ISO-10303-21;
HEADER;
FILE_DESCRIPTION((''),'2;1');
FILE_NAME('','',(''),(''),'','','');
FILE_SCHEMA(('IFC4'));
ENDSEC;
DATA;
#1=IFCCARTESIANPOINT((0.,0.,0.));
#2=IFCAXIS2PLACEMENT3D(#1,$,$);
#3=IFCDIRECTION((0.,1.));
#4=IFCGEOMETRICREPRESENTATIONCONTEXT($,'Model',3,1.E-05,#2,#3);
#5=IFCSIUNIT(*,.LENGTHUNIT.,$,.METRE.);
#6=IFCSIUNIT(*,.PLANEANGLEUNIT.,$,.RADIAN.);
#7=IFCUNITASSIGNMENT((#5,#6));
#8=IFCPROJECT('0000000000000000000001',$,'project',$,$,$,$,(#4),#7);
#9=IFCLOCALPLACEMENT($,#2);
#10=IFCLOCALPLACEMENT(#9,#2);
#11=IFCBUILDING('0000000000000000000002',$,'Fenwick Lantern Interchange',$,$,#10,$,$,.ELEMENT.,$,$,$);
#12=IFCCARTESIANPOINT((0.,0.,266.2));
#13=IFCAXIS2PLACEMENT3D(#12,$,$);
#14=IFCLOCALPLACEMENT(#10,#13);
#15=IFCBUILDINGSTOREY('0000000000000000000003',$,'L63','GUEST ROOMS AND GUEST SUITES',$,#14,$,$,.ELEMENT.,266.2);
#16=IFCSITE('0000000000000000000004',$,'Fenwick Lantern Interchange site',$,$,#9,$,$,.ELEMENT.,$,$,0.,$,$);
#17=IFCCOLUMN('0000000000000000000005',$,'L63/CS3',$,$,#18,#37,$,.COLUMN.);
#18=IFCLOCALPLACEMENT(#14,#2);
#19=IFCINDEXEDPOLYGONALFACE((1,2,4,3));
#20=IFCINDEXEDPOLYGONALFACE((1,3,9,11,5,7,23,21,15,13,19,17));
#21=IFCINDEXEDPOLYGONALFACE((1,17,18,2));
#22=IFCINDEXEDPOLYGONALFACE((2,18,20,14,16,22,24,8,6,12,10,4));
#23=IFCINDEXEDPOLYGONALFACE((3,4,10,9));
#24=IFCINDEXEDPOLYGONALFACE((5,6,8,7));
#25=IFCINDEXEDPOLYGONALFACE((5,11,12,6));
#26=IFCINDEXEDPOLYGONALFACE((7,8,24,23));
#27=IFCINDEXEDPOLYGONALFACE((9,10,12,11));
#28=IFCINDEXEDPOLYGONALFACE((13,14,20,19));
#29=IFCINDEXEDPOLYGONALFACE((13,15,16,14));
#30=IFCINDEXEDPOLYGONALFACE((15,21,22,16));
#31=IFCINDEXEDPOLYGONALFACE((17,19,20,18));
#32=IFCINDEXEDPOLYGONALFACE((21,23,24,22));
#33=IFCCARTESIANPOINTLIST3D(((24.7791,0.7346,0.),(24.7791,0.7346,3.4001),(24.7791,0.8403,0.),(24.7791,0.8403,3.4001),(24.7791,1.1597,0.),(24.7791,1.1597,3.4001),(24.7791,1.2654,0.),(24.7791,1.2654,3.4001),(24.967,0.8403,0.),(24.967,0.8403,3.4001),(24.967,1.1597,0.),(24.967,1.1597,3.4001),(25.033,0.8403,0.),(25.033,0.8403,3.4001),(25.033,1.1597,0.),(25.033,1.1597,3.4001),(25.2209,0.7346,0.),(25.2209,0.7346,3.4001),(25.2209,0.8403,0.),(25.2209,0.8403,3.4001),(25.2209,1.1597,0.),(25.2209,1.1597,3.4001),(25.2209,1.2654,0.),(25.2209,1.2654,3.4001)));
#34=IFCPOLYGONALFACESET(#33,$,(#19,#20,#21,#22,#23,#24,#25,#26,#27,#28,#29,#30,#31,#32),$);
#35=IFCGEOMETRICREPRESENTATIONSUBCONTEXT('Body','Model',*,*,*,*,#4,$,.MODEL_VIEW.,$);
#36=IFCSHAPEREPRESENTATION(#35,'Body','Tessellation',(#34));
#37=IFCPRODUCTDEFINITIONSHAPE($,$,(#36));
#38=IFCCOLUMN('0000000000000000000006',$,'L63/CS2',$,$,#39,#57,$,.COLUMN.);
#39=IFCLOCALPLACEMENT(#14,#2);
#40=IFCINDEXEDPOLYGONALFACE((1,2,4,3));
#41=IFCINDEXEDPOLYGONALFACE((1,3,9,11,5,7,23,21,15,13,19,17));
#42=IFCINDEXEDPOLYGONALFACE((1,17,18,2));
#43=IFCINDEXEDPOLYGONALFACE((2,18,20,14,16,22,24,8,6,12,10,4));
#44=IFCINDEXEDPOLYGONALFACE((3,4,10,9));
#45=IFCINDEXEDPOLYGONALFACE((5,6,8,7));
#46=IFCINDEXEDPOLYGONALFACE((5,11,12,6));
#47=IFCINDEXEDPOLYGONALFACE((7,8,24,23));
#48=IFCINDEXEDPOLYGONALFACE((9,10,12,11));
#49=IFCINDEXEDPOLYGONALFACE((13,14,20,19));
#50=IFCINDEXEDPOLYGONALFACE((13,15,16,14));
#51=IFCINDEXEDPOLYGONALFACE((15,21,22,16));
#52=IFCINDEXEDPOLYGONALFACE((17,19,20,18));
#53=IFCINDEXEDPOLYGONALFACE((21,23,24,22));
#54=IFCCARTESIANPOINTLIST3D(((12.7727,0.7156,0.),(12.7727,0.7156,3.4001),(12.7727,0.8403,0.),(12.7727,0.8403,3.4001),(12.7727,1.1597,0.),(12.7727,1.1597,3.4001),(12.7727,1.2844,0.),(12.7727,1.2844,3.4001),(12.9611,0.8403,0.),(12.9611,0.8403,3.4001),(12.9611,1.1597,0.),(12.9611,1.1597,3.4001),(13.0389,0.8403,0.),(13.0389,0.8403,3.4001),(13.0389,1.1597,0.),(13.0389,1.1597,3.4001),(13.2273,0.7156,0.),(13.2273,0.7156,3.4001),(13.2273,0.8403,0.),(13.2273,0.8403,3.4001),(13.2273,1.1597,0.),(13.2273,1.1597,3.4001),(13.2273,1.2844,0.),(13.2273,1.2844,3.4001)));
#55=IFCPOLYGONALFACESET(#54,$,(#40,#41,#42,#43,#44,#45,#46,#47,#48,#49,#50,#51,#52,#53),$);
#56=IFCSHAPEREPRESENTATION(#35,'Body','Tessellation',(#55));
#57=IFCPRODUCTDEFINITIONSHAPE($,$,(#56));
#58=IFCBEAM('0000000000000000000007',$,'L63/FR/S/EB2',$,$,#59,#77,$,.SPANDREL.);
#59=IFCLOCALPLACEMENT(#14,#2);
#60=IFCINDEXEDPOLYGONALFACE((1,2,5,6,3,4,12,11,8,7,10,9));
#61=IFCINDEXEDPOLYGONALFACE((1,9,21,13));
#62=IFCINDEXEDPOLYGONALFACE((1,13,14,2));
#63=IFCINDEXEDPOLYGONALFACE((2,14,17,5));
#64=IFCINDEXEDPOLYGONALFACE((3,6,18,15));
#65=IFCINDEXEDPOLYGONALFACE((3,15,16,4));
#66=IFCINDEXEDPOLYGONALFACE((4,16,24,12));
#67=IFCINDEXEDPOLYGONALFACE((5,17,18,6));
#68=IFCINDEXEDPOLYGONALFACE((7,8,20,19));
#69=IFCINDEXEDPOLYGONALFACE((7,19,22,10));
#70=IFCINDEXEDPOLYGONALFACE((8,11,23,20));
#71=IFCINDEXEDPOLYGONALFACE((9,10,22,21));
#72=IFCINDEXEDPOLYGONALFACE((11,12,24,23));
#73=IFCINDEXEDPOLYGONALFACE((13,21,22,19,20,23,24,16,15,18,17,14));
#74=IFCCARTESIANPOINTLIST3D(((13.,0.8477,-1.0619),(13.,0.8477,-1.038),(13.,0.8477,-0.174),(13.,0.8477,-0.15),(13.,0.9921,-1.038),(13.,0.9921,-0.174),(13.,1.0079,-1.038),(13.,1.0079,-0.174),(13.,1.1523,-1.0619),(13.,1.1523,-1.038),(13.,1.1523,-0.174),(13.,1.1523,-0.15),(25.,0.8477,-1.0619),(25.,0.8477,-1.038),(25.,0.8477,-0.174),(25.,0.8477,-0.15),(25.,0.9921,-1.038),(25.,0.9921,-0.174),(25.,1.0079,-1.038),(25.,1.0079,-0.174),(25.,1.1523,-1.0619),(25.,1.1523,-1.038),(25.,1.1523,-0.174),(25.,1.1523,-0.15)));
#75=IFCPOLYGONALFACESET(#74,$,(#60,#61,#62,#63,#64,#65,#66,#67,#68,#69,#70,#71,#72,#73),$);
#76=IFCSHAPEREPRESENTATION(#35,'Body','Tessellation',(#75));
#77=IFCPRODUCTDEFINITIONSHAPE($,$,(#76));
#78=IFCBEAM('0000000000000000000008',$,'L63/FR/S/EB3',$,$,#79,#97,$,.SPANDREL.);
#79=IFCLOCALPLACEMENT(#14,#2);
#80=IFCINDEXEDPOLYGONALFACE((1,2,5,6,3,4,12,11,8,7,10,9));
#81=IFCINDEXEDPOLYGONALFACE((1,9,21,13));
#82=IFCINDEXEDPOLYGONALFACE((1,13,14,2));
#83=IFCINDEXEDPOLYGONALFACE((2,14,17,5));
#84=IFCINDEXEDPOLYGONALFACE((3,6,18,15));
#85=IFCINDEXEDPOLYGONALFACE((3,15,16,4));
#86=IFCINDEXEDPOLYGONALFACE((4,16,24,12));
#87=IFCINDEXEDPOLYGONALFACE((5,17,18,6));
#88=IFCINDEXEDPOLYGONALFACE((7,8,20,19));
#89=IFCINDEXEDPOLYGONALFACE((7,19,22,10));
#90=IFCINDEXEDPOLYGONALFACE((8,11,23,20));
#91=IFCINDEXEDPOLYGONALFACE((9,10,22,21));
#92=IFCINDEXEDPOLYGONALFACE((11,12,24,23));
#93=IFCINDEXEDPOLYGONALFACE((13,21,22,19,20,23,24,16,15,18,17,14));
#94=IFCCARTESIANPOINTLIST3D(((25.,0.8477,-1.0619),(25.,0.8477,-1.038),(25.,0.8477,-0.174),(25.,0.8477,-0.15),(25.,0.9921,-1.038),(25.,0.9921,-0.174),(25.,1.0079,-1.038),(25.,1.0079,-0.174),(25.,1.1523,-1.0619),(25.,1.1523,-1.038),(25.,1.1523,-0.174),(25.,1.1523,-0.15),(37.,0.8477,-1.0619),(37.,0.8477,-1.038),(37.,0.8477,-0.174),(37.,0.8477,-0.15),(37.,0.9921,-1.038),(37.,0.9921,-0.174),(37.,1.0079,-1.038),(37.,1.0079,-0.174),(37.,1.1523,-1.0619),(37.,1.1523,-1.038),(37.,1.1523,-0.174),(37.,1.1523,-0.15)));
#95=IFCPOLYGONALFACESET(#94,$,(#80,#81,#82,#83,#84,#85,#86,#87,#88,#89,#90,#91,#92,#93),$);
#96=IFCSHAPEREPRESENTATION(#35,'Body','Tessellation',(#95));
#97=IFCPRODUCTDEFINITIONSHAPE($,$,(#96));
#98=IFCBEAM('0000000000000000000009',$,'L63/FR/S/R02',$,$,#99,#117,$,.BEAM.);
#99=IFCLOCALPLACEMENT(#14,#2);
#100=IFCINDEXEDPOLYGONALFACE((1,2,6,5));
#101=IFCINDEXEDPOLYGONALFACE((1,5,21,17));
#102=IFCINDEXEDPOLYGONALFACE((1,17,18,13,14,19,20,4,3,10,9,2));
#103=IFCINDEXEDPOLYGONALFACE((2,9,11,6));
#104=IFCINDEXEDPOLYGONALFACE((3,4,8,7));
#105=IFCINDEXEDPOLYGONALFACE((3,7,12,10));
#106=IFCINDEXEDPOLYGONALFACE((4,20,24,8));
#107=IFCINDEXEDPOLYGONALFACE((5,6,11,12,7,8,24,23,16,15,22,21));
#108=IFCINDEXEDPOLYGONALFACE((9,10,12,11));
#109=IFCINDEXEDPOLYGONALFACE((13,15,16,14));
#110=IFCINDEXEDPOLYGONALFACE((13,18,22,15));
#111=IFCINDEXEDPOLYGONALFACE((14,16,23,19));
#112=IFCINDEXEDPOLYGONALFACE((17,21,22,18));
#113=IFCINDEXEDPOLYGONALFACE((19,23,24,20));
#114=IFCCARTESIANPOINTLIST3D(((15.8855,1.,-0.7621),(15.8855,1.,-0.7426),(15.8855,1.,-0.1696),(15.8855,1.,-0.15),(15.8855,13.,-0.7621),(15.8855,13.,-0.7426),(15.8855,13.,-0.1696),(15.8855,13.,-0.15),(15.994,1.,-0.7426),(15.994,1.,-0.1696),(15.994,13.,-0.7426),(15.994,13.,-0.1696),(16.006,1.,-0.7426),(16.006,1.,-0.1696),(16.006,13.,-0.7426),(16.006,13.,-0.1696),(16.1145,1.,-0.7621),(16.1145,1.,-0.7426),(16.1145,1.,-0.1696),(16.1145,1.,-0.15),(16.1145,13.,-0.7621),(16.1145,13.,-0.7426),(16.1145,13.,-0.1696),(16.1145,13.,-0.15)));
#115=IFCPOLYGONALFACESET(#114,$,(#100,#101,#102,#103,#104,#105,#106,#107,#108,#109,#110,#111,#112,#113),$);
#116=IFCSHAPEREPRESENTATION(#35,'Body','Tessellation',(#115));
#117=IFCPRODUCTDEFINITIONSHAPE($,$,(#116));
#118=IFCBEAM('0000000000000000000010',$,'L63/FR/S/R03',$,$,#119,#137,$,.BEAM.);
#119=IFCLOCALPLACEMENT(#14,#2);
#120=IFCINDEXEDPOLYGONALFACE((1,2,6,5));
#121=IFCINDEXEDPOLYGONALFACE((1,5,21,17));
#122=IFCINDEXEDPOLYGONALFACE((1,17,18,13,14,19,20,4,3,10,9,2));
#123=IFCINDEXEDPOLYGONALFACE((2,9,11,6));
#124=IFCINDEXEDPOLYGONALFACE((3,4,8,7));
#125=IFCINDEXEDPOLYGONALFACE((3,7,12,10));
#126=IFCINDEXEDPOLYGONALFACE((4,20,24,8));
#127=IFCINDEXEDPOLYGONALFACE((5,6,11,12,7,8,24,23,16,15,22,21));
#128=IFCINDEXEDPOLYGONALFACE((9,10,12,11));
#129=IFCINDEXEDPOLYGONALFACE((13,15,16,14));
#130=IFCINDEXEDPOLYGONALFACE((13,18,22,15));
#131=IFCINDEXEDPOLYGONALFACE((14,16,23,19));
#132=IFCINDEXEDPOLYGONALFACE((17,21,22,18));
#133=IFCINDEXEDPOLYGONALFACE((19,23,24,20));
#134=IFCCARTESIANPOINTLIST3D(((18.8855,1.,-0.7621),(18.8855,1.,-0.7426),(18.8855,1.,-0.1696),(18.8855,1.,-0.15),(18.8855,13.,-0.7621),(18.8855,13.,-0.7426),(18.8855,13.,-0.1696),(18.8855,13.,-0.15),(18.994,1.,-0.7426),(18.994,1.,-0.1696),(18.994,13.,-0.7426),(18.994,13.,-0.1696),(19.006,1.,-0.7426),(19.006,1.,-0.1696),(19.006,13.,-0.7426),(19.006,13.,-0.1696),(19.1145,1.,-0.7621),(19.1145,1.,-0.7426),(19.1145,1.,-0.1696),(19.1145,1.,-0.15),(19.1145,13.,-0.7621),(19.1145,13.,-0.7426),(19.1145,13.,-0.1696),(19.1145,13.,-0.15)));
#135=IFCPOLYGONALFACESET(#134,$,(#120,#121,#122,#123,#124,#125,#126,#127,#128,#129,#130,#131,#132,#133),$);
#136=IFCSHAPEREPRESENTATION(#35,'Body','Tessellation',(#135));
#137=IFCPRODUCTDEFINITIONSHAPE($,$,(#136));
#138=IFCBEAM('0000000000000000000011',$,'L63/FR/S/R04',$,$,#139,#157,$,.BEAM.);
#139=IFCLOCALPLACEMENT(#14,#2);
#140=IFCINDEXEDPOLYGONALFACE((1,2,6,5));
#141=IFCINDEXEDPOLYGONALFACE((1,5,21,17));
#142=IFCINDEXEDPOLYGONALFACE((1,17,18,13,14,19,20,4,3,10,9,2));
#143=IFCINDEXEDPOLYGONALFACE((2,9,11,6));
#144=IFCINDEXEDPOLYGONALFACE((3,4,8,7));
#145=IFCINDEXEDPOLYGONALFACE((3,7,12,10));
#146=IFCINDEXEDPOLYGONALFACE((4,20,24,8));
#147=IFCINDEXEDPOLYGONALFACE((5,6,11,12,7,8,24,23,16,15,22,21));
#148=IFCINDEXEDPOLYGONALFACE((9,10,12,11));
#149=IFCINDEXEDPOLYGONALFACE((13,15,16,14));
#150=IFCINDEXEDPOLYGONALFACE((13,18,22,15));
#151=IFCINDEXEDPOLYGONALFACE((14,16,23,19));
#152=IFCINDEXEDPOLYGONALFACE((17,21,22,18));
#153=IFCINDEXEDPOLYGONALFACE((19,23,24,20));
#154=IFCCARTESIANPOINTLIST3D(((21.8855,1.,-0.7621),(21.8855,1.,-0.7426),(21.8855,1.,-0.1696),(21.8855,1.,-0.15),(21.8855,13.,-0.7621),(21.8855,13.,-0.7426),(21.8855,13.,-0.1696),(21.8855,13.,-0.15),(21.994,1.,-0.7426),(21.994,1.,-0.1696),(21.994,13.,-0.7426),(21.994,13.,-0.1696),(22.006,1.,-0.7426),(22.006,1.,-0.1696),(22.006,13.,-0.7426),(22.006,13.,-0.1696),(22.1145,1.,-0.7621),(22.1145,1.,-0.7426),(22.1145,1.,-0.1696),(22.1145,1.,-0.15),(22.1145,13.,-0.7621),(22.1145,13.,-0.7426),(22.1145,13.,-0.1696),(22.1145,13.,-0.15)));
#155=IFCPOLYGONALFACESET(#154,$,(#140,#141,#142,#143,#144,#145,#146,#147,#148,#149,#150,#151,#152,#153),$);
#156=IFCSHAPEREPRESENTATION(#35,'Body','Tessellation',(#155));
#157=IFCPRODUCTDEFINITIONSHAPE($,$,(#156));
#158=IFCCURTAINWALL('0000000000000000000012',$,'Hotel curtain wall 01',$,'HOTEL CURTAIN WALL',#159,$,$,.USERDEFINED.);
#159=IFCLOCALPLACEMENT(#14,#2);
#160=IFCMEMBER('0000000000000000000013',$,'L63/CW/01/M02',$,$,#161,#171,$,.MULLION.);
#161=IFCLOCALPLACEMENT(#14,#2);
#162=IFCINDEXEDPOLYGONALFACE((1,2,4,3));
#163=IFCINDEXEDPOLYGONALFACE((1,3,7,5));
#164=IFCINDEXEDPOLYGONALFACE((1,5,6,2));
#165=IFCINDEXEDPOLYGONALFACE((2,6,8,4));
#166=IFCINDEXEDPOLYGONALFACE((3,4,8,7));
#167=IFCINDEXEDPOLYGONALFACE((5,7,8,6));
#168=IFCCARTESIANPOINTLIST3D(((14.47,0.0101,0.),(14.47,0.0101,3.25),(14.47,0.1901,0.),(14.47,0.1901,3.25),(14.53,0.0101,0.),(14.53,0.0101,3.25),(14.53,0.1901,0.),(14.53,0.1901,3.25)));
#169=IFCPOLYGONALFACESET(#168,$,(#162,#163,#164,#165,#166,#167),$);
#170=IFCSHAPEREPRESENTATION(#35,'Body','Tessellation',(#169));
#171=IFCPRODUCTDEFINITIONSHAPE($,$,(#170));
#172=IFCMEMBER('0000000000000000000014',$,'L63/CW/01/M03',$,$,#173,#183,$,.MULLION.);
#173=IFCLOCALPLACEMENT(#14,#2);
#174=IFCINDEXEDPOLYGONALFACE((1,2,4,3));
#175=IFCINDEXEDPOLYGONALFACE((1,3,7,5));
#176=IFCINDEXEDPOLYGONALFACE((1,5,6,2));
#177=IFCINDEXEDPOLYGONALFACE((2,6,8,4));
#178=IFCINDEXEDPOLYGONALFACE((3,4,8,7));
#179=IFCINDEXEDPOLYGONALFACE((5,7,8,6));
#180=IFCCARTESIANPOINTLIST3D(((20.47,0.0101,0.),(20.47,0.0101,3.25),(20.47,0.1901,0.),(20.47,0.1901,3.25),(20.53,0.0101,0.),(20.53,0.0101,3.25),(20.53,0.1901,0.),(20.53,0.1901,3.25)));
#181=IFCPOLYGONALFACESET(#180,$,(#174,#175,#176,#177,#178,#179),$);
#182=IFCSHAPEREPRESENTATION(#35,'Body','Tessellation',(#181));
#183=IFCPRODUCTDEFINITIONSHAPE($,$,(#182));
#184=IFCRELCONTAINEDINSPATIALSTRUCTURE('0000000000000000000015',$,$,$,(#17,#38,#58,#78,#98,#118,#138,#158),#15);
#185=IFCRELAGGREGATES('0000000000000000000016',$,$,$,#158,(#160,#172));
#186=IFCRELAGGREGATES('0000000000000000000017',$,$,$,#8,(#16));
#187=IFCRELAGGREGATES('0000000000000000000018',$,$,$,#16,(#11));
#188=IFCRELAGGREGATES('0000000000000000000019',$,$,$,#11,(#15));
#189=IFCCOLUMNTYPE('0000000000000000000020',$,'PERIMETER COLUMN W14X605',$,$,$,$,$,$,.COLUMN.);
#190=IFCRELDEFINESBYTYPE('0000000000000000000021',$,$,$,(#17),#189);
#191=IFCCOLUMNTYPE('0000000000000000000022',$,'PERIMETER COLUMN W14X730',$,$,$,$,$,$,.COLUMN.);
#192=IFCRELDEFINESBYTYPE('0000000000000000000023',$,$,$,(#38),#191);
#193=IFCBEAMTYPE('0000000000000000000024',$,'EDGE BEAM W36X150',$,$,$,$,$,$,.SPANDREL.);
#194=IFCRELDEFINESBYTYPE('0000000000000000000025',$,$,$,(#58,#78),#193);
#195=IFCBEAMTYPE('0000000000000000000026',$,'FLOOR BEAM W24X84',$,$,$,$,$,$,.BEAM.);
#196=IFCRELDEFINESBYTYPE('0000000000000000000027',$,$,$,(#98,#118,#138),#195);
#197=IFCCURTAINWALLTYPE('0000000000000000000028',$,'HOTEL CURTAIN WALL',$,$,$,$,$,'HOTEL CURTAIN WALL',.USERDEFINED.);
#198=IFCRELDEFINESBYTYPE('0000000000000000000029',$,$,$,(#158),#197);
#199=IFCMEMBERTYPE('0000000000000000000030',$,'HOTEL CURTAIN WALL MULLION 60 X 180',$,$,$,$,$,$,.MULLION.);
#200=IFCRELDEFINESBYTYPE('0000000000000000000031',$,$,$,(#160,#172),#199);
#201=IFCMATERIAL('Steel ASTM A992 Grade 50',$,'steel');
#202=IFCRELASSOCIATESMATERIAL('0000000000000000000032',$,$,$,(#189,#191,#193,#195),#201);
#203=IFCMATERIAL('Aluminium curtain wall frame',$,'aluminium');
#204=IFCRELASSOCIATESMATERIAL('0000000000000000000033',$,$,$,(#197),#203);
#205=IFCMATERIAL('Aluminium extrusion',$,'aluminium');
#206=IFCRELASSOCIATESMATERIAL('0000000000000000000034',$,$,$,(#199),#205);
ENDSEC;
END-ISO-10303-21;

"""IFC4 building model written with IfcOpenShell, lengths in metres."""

from ifc_helpers import new_model, si_unit, direction, frame, origin, origin_2d, place, context, subcontext, project, spatial, rectangle, i_section, extrude, material, material_profile, profile_set, type_object, element, aggregate, save


model = new_model("IFC4")

# Units and contexts
model_context = context("Model", 3, precision=1e-05, world=origin(), true_north=direction((0.0, 1.0)))
body_context = subcontext(model_context, "Body", "Model", "MODEL_VIEW")
ifc_project = project(units=[si_unit("LENGTHUNIT", "METRE"), si_unit("PLANEANGLEUNIT", "RADIAN")], contexts=[model_context])

# Site, building, storey
site_placement = place(None, origin())
site = spatial("IfcSite", under=ifc_project, at=site_placement, Name="Fenwick Lantern Interchange site", CompositionType="ELEMENT", RefElevation=0.0)
building_placement = place(site_placement, origin())
building = spatial("IfcBuilding", under=site, at=building_placement, Name="Fenwick Lantern Interchange", CompositionType="ELEMENT")
storey_placement = place(building_placement, frame((0.0, 0.0, 266.2)))
storey = spatial("IfcBuildingStorey", under=building, at=storey_placement, Name="L63", Description="GUEST ROOMS AND GUEST SUITES", CompositionType="ELEMENT", Elevation=266.2)

# Columns
ifc_material_1 = material(Name="Steel ASTM A992 Grade 50", Category="steel")
ifc_material_profile_1 = material_profile(ifc_material_1, i_section(OverallWidth=0.4419, OverallDepth=0.5308, WebThickness=0.0659, FlangeThickness=0.1057, at=origin_2d()), Name="W14X605")
ifc_profile_set_1 = profile_set([ifc_material_profile_1], Name="Steel ASTM A992 Grade 50")
column_type_1 = type_object("IfcColumnType", Name="PERIMETER COLUMN W14X605", PredefinedType="COLUMN", material=ifc_profile_set_1)
column_1_placement = place(storey_placement, frame((25.0, 1.0, 0.0), z_axis=(0.0, 0.0, 1.0), x_axis=(1.0, 0.0, 0.0)))
element("IfcColumn", 1, at=column_1_placement, inside=storey, type_object=column_type_1, Name="L63/CS3", PredefinedType="COLUMN", context=body_context, shape_type="SweptSolid", body=[
    extrude(i_section(OverallWidth=0.4419, OverallDepth=0.5308, WebThickness=0.0659, FlangeThickness=0.1057, at=origin_2d()), origin(), (0.0, 0.0, 1.0), 3.4001),
])
ifc_material_profile_2 = material_profile(ifc_material_1, i_section(OverallWidth=0.4546, OverallDepth=0.5688, WebThickness=0.0779, FlangeThickness=0.1248, at=origin_2d()), Name="W14X730")
ifc_profile_set_2 = profile_set([ifc_material_profile_2], Name="Steel ASTM A992 Grade 50")
column_type_2 = type_object("IfcColumnType", Name="PERIMETER COLUMN W14X730", PredefinedType="COLUMN", material=ifc_profile_set_2)
column_2_placement = place(storey_placement, frame((13.0, 1.0, 0.0), z_axis=(0.0, 0.0, 1.0), x_axis=(1.0, 0.0, 0.0)))
element("IfcColumn", 2, at=column_2_placement, inside=storey, type_object=column_type_2, Name="L63/CS2", PredefinedType="COLUMN", context=body_context, shape_type="SweptSolid", body=[
    extrude(i_section(OverallWidth=0.4546, OverallDepth=0.5688, WebThickness=0.0779, FlangeThickness=0.1248, at=origin_2d()), origin(), (0.0, 0.0, 1.0), 3.4001),
])

# Beams
ifc_material_profile_3 = material_profile(ifc_material_1, i_section(OverallWidth=0.3047, OverallDepth=0.9119, WebThickness=0.0159, FlangeThickness=0.0239, at=origin_2d()), Name="W36X150")
ifc_profile_set_3 = profile_set([ifc_material_profile_3], Name="Steel ASTM A992 Grade 50")
beam_type_1 = type_object("IfcBeamType", Name="EDGE BEAM W36X150", PredefinedType="SPANDREL", material=ifc_profile_set_3)
for number, where, z_axis, x_axis, name in (
    (3, (13.0, 1.0, -0.606), (1.0, 0.0, 0.0), (0.0, 1.0, 0.0), "L63/FR/S/EB2"),
    (4, (25.0, 1.0, -0.606), (1.0, 0.0, 0.0), (0.0, 1.0, 0.0), "L63/FR/S/EB3"),
):
    element("IfcBeam", number, at=place(storey_placement, frame(where, z_axis=z_axis, x_axis=x_axis)), inside=storey, type_object=beam_type_1, Name=name, PredefinedType="SPANDREL", context=body_context, shape_type="SweptSolid", body=[
        extrude(i_section(OverallWidth=0.3047, OverallDepth=0.9119, WebThickness=0.0159, FlangeThickness=0.0239, at=origin_2d()), origin(), (0.0, 0.0, 1.0), 12.0),
    ])
ifc_material_profile_4 = material_profile(ifc_material_1, i_section(OverallWidth=0.229, OverallDepth=0.6121, WebThickness=0.012, FlangeThickness=0.0195, at=origin_2d()), Name="W24X84")
ifc_profile_set_4 = profile_set([ifc_material_profile_4], Name="Steel ASTM A992 Grade 50")
beam_type_2 = type_object("IfcBeamType", Name="FLOOR BEAM W24X84", PredefinedType="BEAM", material=ifc_profile_set_4)
for number, where, z_axis, x_axis, name in (
    (5, (16.0, 1.0, -0.4561), (0.0, 1.0, 0.0), (-1.0, 0.0, 0.0), "L63/FR/S/R02"),
    (6, (19.0, 1.0, -0.4561), (0.0, 1.0, 0.0), (-1.0, 0.0, 0.0), "L63/FR/S/R03"),
    (7, (22.0, 1.0, -0.4561), (0.0, 1.0, 0.0), (-1.0, 0.0, 0.0), "L63/FR/S/R04"),
):
    element("IfcBeam", number, at=place(storey_placement, frame(where, z_axis=z_axis, x_axis=x_axis)), inside=storey, type_object=beam_type_2, Name=name, PredefinedType="BEAM", context=body_context, shape_type="SweptSolid", body=[
        extrude(i_section(OverallWidth=0.229, OverallDepth=0.6121, WebThickness=0.012, FlangeThickness=0.0195, at=origin_2d()), origin(), (0.0, 0.0, 1.0), 12.0),
    ])

# Curtain wall, members
ifc_material_2 = material(Name="Aluminium curtain wall frame", Category="aluminium")
curtain_wall_type = type_object("IfcCurtainWallType", Name="HOTEL CURTAIN WALL", ElementType="HOTEL CURTAIN WALL", PredefinedType="USERDEFINED", material=ifc_material_2)
curtain_wall_placement = place(storey_placement, origin())
curtain_wall = element("IfcCurtainWall", 8, at=curtain_wall_placement, inside=storey, type_object=curtain_wall_type, Name="Hotel curtain wall 01", ObjectType="HOTEL CURTAIN WALL", PredefinedType="USERDEFINED")
ifc_material_3 = material(Name="Aluminium extrusion", Category="aluminium")
ifc_material_profile_5 = material_profile(ifc_material_3, rectangle(XDim=0.1799, YDim=0.0601, at=origin_2d()), Name="HOTEL CURTAIN WALL MULLION 60 X 180")
ifc_profile_set_5 = profile_set([ifc_material_profile_5], Name="Aluminium extrusion")
member_type_1 = type_object("IfcMemberType", Name="HOTEL CURTAIN WALL MULLION 60 X 180", PredefinedType="MULLION", material=ifc_profile_set_5)
member_1_placement = place(storey_placement, frame((14.5, 0.1001, 0.0), z_axis=(0.0, 0.0, 1.0), x_axis=(0.0, 1.0, 0.0)))
member_1 = element("IfcMember", 9, at=member_1_placement, type_object=member_type_1, Name="L63/CW/01/M02", PredefinedType="MULLION", context=body_context, shape_type="SweptSolid", body=[
    extrude(rectangle(XDim=0.1799, YDim=0.0601, at=origin_2d()), origin(), (0.0, 0.0, 1.0), 3.25),
])
member_2_placement = place(storey_placement, frame((20.5, 0.1001, 0.0), z_axis=(0.0, 0.0, 1.0), x_axis=(0.0, 1.0, 0.0)))
member_2 = element("IfcMember", 10, at=member_2_placement, type_object=member_type_1, Name="L63/CW/01/M03", PredefinedType="MULLION", context=body_context, shape_type="SweptSolid", body=[
    extrude(rectangle(XDim=0.1799, YDim=0.0601, at=origin_2d()), origin(), (0.0, 0.0, 1.0), 3.25),
])

aggregate(curtain_wall, [member_1, member_2])

save(model, "model.ifc")
